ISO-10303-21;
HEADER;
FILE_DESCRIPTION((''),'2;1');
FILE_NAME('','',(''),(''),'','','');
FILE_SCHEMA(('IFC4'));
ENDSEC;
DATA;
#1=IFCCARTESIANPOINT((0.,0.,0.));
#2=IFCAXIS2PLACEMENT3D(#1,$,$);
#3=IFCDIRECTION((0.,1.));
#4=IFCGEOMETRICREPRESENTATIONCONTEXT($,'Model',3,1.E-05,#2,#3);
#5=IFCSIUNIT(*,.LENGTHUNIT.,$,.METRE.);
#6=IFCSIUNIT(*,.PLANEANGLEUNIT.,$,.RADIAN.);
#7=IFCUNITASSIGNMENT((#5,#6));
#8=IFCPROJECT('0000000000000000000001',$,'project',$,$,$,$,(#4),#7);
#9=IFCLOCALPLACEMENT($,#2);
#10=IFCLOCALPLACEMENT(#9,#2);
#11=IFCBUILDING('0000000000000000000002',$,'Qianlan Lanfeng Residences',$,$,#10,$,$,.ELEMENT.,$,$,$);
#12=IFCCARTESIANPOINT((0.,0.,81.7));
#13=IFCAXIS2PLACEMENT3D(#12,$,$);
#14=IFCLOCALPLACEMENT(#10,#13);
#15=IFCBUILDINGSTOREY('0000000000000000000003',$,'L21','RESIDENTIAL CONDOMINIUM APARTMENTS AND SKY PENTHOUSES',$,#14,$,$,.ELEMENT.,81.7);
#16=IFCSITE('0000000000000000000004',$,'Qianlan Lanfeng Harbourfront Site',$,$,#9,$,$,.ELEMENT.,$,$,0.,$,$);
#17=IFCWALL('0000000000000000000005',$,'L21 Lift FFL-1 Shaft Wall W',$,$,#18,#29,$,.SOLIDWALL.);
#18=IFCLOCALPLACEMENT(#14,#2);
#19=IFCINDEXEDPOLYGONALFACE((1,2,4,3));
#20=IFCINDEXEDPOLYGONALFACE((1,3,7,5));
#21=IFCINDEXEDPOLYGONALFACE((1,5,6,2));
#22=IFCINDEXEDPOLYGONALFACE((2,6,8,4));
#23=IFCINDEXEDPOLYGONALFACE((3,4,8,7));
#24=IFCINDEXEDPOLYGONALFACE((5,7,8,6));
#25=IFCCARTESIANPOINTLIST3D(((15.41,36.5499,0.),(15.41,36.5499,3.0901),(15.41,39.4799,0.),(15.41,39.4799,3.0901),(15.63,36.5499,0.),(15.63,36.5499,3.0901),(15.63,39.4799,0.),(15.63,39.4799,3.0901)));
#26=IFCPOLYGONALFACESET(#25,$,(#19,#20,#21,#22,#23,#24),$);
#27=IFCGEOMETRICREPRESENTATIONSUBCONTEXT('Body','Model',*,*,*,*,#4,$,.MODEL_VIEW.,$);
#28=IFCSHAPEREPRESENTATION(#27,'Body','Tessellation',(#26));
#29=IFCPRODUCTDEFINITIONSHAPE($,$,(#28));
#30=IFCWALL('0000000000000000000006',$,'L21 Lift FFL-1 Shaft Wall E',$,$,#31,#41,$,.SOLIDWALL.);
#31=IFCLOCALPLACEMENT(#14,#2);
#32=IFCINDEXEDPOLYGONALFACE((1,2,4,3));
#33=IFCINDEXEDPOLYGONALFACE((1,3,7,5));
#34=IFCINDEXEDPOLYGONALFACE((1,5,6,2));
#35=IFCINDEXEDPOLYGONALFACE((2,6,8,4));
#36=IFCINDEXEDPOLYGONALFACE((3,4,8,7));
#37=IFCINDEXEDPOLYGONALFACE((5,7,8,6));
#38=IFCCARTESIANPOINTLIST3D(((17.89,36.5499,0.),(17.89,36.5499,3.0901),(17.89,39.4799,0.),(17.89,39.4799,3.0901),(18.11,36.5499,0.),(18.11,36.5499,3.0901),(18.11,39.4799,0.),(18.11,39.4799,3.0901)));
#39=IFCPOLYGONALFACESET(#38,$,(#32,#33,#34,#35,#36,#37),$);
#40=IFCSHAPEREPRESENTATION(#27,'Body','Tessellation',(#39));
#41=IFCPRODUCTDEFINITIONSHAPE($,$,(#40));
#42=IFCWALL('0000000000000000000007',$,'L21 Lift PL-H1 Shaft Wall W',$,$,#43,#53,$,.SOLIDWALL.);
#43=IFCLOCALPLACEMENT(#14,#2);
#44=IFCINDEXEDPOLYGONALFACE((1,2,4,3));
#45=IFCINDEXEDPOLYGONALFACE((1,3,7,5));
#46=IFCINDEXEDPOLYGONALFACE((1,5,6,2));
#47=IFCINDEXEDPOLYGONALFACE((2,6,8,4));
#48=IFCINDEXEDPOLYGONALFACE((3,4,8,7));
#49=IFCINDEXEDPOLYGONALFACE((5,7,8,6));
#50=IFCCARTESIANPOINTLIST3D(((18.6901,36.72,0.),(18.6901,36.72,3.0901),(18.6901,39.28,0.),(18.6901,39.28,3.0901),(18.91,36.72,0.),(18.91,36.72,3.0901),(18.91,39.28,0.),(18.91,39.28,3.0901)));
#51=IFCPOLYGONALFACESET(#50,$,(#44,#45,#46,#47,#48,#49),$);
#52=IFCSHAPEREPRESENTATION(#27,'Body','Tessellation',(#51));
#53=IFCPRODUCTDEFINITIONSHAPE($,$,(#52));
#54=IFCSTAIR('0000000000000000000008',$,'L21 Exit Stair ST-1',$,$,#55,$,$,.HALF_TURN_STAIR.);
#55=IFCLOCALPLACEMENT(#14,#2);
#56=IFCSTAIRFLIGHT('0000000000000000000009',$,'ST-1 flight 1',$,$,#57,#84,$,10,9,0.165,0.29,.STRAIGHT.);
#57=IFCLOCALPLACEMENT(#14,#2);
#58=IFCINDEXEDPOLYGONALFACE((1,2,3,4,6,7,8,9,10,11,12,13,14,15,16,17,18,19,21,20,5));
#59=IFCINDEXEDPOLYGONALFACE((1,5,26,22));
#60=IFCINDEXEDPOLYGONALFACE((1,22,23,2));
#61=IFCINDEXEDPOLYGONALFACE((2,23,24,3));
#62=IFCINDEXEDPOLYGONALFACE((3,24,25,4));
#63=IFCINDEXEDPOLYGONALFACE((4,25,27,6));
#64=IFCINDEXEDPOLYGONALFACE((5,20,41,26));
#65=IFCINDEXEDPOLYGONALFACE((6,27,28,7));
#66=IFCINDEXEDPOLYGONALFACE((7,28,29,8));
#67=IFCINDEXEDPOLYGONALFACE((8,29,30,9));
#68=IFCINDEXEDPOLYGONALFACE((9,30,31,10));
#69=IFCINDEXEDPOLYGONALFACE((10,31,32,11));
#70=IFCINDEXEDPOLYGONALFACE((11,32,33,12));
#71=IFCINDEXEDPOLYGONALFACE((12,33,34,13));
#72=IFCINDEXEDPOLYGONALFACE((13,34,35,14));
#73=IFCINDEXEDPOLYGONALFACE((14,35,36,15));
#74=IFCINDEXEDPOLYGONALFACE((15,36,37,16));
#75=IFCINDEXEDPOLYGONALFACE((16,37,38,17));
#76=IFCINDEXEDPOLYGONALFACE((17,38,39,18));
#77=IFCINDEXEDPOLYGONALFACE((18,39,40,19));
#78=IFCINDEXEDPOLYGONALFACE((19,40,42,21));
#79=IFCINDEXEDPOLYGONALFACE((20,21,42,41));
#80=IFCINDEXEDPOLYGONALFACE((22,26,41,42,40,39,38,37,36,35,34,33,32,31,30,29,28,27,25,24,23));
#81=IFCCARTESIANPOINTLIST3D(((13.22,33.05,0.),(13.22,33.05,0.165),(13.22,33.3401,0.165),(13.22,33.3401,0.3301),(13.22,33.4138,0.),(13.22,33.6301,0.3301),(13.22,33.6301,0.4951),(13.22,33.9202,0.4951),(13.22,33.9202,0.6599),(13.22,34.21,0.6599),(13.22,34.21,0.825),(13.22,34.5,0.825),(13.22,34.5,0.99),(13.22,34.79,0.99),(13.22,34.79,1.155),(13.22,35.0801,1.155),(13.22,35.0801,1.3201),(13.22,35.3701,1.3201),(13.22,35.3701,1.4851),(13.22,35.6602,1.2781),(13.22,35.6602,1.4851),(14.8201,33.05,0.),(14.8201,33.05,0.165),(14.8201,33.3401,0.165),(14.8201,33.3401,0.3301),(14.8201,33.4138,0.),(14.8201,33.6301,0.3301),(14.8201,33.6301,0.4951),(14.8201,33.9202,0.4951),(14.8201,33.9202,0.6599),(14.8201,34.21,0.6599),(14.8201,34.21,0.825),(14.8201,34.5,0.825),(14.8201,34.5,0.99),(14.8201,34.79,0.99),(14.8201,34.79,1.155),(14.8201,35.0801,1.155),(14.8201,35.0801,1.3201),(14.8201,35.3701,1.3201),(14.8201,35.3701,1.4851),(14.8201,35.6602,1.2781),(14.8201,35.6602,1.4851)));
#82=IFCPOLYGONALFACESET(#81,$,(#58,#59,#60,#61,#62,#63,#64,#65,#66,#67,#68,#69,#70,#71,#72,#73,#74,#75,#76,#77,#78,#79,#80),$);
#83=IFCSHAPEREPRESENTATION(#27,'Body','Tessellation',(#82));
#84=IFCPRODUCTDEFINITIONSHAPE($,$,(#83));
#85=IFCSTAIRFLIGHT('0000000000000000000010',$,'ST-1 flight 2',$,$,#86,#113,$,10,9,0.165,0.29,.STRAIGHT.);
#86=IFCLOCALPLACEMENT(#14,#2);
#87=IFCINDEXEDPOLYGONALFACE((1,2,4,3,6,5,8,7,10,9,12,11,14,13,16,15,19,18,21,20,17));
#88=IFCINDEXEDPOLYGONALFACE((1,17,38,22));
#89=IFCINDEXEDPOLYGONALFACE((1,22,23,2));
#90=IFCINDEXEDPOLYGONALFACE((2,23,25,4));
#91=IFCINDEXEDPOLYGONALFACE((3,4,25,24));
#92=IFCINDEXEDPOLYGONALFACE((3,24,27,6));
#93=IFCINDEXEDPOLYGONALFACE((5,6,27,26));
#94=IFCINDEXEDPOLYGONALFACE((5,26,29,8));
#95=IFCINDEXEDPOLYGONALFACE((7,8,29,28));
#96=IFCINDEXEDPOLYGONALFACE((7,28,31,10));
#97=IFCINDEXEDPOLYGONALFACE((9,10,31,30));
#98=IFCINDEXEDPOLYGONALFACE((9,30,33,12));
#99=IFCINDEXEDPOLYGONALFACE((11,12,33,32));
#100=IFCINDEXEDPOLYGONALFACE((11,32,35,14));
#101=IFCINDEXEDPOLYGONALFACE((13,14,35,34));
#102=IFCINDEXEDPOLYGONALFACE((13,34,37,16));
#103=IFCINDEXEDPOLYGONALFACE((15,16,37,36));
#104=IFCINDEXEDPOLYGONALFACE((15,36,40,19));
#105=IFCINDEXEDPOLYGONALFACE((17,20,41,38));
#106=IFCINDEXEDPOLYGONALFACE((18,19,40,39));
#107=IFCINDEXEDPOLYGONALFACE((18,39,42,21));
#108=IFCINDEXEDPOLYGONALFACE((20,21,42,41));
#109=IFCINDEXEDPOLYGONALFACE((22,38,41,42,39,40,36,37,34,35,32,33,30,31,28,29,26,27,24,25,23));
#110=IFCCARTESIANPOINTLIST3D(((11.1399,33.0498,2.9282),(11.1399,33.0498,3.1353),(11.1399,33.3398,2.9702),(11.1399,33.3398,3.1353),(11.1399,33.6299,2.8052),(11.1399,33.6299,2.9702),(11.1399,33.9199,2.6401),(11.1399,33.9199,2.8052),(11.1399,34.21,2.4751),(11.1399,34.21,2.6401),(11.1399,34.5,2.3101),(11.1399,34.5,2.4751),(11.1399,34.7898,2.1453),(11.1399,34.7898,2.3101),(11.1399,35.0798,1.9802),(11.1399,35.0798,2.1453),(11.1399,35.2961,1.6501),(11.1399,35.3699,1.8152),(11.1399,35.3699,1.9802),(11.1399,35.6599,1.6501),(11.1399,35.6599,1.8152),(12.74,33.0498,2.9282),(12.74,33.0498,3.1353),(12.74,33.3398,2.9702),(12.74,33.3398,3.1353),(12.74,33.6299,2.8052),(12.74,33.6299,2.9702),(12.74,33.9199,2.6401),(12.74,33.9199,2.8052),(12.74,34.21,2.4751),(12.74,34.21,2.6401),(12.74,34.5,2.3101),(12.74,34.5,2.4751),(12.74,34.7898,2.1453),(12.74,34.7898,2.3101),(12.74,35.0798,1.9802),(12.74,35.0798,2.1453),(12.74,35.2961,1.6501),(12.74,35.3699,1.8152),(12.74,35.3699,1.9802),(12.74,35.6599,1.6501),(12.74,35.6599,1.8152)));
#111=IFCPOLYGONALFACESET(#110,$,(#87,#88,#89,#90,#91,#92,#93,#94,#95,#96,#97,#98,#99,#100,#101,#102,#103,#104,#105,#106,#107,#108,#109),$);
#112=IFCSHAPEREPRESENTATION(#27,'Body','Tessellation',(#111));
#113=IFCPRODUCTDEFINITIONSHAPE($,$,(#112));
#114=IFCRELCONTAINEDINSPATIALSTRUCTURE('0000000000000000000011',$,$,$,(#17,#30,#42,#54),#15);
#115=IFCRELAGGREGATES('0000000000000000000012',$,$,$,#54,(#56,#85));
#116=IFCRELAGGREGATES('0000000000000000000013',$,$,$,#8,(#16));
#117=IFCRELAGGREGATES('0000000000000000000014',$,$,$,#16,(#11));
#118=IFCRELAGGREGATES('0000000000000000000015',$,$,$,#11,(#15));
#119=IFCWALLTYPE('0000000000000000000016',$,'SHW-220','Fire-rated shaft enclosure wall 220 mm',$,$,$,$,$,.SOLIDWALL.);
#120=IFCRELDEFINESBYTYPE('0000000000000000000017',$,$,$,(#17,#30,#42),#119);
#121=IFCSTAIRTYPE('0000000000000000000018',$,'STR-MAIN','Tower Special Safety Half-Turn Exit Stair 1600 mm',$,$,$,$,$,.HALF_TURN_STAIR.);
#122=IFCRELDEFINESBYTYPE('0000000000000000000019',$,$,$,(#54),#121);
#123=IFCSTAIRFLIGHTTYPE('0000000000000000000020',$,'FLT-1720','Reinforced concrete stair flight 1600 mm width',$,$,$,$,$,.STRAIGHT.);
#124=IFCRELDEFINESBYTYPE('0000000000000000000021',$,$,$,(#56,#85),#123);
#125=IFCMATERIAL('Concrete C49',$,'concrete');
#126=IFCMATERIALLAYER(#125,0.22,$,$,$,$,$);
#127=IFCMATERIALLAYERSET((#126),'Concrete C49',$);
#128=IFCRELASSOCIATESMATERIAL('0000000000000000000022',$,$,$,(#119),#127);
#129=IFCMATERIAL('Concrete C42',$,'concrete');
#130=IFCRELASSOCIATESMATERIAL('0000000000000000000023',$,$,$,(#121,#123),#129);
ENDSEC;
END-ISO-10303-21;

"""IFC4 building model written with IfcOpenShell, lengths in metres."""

from ifc_helpers import new_model, si_unit, direction, frame, frame_2d, origin, place, context, subcontext, project, spatial, polyline, rectangle, outline, extrude, material, layer, layer_set, type_object, element, aggregate, save


model = new_model("IFC4")

# Units and contexts
model_context = context("Model", 3, precision=1e-05, world=origin(), true_north=direction((0.0, 1.0)))
body_context = subcontext(model_context, "Body", "Model", "MODEL_VIEW")
ifc_project = project(units=[si_unit("LENGTHUNIT", "METRE"), si_unit("PLANEANGLEUNIT", "RADIAN")], contexts=[model_context])

# Site, building, storey
site_placement = place(None, origin())
site = spatial("IfcSite", under=ifc_project, at=site_placement, Name="Qianlan Lanfeng Harbourfront Site", CompositionType="ELEMENT", RefElevation=0.0)
building_placement = place(site_placement, origin())
building = spatial("IfcBuilding", under=site, at=building_placement, Name="Qianlan Lanfeng Residences", CompositionType="ELEMENT")
storey_placement = place(building_placement, frame((0.0, 0.0, 81.7)))
storey = spatial("IfcBuildingStorey", under=building, at=storey_placement, Name="L21", Description="RESIDENTIAL CONDOMINIUM APARTMENTS AND SKY PENTHOUSES", CompositionType="ELEMENT", Elevation=81.7)

# Walls
ifc_material_1 = material(Name="Concrete C49", Category="concrete")
ifc_layer_1 = layer(ifc_material_1, 0.22)
ifc_layer_set_1 = layer_set([ifc_layer_1], Name="Concrete C49")
wall_type_1 = type_object("IfcWallType", Name="SHW-220", Description="Fire-rated shaft enclosure wall 220 mm", PredefinedType="SOLIDWALL", material=ifc_layer_set_1)
for number, where, z_axis, x_axis, name in (
    (1, (15.52, 36.55, 0.0), (0.0, 0.0, 1.0), (0.0, 1.0, 0.0), "L21 Lift FFL-1 Shaft Wall W"),
    (2, (18.0, 36.55, 0.0), (0.0, 0.0, 1.0), (0.0, 1.0, 0.0), "L21 Lift FFL-1 Shaft Wall E"),
):
    element("IfcWall", number, at=place(storey_placement, frame(where, z_axis=z_axis, x_axis=x_axis)), inside=storey, type_object=wall_type_1, Name=name, PredefinedType="SOLIDWALL", context=body_context, shape_type="SweptSolid", body=[
        extrude(rectangle(XDim=2.9299, YDim=0.22, at=frame_2d((1.4648, 0.0))), origin(), (0.0, 0.0, 1.0), 3.0901),
    ])
wall_1_placement = place(storey_placement, frame((18.8, 36.72, 0.0), z_axis=(0.0, 0.0, 1.0), x_axis=(0.0, 1.0, 0.0)))
element("IfcWall", 3, at=wall_1_placement, inside=storey, type_object=wall_type_1, Name="L21 Lift PL-H1 Shaft Wall W", PredefinedType="SOLIDWALL", context=body_context, shape_type="SweptSolid", body=[
    extrude(rectangle(XDim=2.5601, YDim=0.22, at=frame_2d((1.28, 0.0))), origin(), (0.0, 0.0, 1.0), 3.0901),
])

# Stair, stair flights
ifc_material_2 = material(Name="Concrete C42", Category="concrete")
stair_type = type_object("IfcStairType", Name="STR-MAIN", Description="Tower Special Safety Half-Turn Exit Stair 1600 mm", PredefinedType="HALF_TURN_STAIR", material=ifc_material_2)
stair_placement = place(storey_placement, origin())
stair = element("IfcStair", 4, at=stair_placement, inside=storey, type_object=stair_type, Name="L21 Exit Stair ST-1", PredefinedType="HALF_TURN_STAIR")
stair_flight_type = type_object("IfcStairFlightType", Name="FLT-1720", Description="Reinforced concrete stair flight 1600 mm width", PredefinedType="STRAIGHT", material=ifc_material_2)
stair_flight_1_placement = place(storey_placement, frame((14.02, 33.05, 0.0), z_axis=(0.0, 0.0, 1.0), x_axis=(0.0, 1.0, 0.0)))
stair_flight_1 = element("IfcStairFlight", 5, at=stair_flight_1_placement, type_object=stair_flight_type, Name="ST-1 flight 1", NumberOfRisers=10, NumberOfTreads=9, PredefinedType="STRAIGHT", RiserHeight=0.165, TreadLength=0.29, context=body_context, shape_type="SweptSolid", body=[
    extrude(outline(polyline([(0.0, 0.0), (0.0, 0.165), (0.29, 0.165), (0.29, 0.3301), (0.5801, 0.3301), (0.5801, 0.4951), (0.8701, 0.4951), (0.8701, 0.6599), (1.1599, 0.6599), (1.1599, 0.825), (1.45, 0.825), (1.45, 0.99), (1.74, 0.99), (1.74, 1.155), (2.03, 1.155), (2.03, 1.3201), (2.3201, 1.3201), (2.3201, 1.4851), (2.6101, 1.4851), (2.6101, 1.6499), (2.6101, 1.2781), (0.3638, 0.0), (0.0, 0.0)])), frame((0.0, 0.8, 0.0), z_axis=(0.0, -1.0, 0.0), x_axis=(1.0, 0.0, 0.0)), (0.0, 0.0, 1.0), 1.6001),
])
stair_flight_2_placement = place(storey_placement, frame((11.9399, 35.6599, 1.6501), z_axis=(0.0, 0.0, 1.0), x_axis=(0.0, -1.0, 0.0)))
stair_flight_2 = element("IfcStairFlight", 6, at=stair_flight_2_placement, type_object=stair_flight_type, Name="ST-1 flight 2", NumberOfRisers=10, NumberOfTreads=9, PredefinedType="STRAIGHT", RiserHeight=0.165, TreadLength=0.29, context=body_context, shape_type="SweptSolid", body=[
    extrude(outline(polyline([(0.0, 0.0), (0.0, 0.165), (0.29, 0.165), (0.29, 0.3301), (0.5801, 0.3301), (0.5801, 0.4951), (0.8701, 0.4951), (0.8701, 0.6599), (1.1599, 0.6599), (1.1599, 0.825), (1.45, 0.825), (1.45, 0.99), (1.74, 0.99), (1.74, 1.155), (2.03, 1.155), (2.03, 1.3201), (2.3201, 1.3201), (2.3201, 1.4851), (2.6101, 1.4851), (2.6101, 1.6499), (2.6101, 1.2781), (0.3638, 0.0), (0.0, 0.0)])), frame((0.0, 0.8, 0.0), z_axis=(0.0, -1.0, 0.0), x_axis=(1.0, 0.0, 0.0)), (0.0, 0.0, 1.0), 1.6001),
])
aggregate(stair, [stair_flight_1, stair_flight_2])

save(model, "model.ifc")
